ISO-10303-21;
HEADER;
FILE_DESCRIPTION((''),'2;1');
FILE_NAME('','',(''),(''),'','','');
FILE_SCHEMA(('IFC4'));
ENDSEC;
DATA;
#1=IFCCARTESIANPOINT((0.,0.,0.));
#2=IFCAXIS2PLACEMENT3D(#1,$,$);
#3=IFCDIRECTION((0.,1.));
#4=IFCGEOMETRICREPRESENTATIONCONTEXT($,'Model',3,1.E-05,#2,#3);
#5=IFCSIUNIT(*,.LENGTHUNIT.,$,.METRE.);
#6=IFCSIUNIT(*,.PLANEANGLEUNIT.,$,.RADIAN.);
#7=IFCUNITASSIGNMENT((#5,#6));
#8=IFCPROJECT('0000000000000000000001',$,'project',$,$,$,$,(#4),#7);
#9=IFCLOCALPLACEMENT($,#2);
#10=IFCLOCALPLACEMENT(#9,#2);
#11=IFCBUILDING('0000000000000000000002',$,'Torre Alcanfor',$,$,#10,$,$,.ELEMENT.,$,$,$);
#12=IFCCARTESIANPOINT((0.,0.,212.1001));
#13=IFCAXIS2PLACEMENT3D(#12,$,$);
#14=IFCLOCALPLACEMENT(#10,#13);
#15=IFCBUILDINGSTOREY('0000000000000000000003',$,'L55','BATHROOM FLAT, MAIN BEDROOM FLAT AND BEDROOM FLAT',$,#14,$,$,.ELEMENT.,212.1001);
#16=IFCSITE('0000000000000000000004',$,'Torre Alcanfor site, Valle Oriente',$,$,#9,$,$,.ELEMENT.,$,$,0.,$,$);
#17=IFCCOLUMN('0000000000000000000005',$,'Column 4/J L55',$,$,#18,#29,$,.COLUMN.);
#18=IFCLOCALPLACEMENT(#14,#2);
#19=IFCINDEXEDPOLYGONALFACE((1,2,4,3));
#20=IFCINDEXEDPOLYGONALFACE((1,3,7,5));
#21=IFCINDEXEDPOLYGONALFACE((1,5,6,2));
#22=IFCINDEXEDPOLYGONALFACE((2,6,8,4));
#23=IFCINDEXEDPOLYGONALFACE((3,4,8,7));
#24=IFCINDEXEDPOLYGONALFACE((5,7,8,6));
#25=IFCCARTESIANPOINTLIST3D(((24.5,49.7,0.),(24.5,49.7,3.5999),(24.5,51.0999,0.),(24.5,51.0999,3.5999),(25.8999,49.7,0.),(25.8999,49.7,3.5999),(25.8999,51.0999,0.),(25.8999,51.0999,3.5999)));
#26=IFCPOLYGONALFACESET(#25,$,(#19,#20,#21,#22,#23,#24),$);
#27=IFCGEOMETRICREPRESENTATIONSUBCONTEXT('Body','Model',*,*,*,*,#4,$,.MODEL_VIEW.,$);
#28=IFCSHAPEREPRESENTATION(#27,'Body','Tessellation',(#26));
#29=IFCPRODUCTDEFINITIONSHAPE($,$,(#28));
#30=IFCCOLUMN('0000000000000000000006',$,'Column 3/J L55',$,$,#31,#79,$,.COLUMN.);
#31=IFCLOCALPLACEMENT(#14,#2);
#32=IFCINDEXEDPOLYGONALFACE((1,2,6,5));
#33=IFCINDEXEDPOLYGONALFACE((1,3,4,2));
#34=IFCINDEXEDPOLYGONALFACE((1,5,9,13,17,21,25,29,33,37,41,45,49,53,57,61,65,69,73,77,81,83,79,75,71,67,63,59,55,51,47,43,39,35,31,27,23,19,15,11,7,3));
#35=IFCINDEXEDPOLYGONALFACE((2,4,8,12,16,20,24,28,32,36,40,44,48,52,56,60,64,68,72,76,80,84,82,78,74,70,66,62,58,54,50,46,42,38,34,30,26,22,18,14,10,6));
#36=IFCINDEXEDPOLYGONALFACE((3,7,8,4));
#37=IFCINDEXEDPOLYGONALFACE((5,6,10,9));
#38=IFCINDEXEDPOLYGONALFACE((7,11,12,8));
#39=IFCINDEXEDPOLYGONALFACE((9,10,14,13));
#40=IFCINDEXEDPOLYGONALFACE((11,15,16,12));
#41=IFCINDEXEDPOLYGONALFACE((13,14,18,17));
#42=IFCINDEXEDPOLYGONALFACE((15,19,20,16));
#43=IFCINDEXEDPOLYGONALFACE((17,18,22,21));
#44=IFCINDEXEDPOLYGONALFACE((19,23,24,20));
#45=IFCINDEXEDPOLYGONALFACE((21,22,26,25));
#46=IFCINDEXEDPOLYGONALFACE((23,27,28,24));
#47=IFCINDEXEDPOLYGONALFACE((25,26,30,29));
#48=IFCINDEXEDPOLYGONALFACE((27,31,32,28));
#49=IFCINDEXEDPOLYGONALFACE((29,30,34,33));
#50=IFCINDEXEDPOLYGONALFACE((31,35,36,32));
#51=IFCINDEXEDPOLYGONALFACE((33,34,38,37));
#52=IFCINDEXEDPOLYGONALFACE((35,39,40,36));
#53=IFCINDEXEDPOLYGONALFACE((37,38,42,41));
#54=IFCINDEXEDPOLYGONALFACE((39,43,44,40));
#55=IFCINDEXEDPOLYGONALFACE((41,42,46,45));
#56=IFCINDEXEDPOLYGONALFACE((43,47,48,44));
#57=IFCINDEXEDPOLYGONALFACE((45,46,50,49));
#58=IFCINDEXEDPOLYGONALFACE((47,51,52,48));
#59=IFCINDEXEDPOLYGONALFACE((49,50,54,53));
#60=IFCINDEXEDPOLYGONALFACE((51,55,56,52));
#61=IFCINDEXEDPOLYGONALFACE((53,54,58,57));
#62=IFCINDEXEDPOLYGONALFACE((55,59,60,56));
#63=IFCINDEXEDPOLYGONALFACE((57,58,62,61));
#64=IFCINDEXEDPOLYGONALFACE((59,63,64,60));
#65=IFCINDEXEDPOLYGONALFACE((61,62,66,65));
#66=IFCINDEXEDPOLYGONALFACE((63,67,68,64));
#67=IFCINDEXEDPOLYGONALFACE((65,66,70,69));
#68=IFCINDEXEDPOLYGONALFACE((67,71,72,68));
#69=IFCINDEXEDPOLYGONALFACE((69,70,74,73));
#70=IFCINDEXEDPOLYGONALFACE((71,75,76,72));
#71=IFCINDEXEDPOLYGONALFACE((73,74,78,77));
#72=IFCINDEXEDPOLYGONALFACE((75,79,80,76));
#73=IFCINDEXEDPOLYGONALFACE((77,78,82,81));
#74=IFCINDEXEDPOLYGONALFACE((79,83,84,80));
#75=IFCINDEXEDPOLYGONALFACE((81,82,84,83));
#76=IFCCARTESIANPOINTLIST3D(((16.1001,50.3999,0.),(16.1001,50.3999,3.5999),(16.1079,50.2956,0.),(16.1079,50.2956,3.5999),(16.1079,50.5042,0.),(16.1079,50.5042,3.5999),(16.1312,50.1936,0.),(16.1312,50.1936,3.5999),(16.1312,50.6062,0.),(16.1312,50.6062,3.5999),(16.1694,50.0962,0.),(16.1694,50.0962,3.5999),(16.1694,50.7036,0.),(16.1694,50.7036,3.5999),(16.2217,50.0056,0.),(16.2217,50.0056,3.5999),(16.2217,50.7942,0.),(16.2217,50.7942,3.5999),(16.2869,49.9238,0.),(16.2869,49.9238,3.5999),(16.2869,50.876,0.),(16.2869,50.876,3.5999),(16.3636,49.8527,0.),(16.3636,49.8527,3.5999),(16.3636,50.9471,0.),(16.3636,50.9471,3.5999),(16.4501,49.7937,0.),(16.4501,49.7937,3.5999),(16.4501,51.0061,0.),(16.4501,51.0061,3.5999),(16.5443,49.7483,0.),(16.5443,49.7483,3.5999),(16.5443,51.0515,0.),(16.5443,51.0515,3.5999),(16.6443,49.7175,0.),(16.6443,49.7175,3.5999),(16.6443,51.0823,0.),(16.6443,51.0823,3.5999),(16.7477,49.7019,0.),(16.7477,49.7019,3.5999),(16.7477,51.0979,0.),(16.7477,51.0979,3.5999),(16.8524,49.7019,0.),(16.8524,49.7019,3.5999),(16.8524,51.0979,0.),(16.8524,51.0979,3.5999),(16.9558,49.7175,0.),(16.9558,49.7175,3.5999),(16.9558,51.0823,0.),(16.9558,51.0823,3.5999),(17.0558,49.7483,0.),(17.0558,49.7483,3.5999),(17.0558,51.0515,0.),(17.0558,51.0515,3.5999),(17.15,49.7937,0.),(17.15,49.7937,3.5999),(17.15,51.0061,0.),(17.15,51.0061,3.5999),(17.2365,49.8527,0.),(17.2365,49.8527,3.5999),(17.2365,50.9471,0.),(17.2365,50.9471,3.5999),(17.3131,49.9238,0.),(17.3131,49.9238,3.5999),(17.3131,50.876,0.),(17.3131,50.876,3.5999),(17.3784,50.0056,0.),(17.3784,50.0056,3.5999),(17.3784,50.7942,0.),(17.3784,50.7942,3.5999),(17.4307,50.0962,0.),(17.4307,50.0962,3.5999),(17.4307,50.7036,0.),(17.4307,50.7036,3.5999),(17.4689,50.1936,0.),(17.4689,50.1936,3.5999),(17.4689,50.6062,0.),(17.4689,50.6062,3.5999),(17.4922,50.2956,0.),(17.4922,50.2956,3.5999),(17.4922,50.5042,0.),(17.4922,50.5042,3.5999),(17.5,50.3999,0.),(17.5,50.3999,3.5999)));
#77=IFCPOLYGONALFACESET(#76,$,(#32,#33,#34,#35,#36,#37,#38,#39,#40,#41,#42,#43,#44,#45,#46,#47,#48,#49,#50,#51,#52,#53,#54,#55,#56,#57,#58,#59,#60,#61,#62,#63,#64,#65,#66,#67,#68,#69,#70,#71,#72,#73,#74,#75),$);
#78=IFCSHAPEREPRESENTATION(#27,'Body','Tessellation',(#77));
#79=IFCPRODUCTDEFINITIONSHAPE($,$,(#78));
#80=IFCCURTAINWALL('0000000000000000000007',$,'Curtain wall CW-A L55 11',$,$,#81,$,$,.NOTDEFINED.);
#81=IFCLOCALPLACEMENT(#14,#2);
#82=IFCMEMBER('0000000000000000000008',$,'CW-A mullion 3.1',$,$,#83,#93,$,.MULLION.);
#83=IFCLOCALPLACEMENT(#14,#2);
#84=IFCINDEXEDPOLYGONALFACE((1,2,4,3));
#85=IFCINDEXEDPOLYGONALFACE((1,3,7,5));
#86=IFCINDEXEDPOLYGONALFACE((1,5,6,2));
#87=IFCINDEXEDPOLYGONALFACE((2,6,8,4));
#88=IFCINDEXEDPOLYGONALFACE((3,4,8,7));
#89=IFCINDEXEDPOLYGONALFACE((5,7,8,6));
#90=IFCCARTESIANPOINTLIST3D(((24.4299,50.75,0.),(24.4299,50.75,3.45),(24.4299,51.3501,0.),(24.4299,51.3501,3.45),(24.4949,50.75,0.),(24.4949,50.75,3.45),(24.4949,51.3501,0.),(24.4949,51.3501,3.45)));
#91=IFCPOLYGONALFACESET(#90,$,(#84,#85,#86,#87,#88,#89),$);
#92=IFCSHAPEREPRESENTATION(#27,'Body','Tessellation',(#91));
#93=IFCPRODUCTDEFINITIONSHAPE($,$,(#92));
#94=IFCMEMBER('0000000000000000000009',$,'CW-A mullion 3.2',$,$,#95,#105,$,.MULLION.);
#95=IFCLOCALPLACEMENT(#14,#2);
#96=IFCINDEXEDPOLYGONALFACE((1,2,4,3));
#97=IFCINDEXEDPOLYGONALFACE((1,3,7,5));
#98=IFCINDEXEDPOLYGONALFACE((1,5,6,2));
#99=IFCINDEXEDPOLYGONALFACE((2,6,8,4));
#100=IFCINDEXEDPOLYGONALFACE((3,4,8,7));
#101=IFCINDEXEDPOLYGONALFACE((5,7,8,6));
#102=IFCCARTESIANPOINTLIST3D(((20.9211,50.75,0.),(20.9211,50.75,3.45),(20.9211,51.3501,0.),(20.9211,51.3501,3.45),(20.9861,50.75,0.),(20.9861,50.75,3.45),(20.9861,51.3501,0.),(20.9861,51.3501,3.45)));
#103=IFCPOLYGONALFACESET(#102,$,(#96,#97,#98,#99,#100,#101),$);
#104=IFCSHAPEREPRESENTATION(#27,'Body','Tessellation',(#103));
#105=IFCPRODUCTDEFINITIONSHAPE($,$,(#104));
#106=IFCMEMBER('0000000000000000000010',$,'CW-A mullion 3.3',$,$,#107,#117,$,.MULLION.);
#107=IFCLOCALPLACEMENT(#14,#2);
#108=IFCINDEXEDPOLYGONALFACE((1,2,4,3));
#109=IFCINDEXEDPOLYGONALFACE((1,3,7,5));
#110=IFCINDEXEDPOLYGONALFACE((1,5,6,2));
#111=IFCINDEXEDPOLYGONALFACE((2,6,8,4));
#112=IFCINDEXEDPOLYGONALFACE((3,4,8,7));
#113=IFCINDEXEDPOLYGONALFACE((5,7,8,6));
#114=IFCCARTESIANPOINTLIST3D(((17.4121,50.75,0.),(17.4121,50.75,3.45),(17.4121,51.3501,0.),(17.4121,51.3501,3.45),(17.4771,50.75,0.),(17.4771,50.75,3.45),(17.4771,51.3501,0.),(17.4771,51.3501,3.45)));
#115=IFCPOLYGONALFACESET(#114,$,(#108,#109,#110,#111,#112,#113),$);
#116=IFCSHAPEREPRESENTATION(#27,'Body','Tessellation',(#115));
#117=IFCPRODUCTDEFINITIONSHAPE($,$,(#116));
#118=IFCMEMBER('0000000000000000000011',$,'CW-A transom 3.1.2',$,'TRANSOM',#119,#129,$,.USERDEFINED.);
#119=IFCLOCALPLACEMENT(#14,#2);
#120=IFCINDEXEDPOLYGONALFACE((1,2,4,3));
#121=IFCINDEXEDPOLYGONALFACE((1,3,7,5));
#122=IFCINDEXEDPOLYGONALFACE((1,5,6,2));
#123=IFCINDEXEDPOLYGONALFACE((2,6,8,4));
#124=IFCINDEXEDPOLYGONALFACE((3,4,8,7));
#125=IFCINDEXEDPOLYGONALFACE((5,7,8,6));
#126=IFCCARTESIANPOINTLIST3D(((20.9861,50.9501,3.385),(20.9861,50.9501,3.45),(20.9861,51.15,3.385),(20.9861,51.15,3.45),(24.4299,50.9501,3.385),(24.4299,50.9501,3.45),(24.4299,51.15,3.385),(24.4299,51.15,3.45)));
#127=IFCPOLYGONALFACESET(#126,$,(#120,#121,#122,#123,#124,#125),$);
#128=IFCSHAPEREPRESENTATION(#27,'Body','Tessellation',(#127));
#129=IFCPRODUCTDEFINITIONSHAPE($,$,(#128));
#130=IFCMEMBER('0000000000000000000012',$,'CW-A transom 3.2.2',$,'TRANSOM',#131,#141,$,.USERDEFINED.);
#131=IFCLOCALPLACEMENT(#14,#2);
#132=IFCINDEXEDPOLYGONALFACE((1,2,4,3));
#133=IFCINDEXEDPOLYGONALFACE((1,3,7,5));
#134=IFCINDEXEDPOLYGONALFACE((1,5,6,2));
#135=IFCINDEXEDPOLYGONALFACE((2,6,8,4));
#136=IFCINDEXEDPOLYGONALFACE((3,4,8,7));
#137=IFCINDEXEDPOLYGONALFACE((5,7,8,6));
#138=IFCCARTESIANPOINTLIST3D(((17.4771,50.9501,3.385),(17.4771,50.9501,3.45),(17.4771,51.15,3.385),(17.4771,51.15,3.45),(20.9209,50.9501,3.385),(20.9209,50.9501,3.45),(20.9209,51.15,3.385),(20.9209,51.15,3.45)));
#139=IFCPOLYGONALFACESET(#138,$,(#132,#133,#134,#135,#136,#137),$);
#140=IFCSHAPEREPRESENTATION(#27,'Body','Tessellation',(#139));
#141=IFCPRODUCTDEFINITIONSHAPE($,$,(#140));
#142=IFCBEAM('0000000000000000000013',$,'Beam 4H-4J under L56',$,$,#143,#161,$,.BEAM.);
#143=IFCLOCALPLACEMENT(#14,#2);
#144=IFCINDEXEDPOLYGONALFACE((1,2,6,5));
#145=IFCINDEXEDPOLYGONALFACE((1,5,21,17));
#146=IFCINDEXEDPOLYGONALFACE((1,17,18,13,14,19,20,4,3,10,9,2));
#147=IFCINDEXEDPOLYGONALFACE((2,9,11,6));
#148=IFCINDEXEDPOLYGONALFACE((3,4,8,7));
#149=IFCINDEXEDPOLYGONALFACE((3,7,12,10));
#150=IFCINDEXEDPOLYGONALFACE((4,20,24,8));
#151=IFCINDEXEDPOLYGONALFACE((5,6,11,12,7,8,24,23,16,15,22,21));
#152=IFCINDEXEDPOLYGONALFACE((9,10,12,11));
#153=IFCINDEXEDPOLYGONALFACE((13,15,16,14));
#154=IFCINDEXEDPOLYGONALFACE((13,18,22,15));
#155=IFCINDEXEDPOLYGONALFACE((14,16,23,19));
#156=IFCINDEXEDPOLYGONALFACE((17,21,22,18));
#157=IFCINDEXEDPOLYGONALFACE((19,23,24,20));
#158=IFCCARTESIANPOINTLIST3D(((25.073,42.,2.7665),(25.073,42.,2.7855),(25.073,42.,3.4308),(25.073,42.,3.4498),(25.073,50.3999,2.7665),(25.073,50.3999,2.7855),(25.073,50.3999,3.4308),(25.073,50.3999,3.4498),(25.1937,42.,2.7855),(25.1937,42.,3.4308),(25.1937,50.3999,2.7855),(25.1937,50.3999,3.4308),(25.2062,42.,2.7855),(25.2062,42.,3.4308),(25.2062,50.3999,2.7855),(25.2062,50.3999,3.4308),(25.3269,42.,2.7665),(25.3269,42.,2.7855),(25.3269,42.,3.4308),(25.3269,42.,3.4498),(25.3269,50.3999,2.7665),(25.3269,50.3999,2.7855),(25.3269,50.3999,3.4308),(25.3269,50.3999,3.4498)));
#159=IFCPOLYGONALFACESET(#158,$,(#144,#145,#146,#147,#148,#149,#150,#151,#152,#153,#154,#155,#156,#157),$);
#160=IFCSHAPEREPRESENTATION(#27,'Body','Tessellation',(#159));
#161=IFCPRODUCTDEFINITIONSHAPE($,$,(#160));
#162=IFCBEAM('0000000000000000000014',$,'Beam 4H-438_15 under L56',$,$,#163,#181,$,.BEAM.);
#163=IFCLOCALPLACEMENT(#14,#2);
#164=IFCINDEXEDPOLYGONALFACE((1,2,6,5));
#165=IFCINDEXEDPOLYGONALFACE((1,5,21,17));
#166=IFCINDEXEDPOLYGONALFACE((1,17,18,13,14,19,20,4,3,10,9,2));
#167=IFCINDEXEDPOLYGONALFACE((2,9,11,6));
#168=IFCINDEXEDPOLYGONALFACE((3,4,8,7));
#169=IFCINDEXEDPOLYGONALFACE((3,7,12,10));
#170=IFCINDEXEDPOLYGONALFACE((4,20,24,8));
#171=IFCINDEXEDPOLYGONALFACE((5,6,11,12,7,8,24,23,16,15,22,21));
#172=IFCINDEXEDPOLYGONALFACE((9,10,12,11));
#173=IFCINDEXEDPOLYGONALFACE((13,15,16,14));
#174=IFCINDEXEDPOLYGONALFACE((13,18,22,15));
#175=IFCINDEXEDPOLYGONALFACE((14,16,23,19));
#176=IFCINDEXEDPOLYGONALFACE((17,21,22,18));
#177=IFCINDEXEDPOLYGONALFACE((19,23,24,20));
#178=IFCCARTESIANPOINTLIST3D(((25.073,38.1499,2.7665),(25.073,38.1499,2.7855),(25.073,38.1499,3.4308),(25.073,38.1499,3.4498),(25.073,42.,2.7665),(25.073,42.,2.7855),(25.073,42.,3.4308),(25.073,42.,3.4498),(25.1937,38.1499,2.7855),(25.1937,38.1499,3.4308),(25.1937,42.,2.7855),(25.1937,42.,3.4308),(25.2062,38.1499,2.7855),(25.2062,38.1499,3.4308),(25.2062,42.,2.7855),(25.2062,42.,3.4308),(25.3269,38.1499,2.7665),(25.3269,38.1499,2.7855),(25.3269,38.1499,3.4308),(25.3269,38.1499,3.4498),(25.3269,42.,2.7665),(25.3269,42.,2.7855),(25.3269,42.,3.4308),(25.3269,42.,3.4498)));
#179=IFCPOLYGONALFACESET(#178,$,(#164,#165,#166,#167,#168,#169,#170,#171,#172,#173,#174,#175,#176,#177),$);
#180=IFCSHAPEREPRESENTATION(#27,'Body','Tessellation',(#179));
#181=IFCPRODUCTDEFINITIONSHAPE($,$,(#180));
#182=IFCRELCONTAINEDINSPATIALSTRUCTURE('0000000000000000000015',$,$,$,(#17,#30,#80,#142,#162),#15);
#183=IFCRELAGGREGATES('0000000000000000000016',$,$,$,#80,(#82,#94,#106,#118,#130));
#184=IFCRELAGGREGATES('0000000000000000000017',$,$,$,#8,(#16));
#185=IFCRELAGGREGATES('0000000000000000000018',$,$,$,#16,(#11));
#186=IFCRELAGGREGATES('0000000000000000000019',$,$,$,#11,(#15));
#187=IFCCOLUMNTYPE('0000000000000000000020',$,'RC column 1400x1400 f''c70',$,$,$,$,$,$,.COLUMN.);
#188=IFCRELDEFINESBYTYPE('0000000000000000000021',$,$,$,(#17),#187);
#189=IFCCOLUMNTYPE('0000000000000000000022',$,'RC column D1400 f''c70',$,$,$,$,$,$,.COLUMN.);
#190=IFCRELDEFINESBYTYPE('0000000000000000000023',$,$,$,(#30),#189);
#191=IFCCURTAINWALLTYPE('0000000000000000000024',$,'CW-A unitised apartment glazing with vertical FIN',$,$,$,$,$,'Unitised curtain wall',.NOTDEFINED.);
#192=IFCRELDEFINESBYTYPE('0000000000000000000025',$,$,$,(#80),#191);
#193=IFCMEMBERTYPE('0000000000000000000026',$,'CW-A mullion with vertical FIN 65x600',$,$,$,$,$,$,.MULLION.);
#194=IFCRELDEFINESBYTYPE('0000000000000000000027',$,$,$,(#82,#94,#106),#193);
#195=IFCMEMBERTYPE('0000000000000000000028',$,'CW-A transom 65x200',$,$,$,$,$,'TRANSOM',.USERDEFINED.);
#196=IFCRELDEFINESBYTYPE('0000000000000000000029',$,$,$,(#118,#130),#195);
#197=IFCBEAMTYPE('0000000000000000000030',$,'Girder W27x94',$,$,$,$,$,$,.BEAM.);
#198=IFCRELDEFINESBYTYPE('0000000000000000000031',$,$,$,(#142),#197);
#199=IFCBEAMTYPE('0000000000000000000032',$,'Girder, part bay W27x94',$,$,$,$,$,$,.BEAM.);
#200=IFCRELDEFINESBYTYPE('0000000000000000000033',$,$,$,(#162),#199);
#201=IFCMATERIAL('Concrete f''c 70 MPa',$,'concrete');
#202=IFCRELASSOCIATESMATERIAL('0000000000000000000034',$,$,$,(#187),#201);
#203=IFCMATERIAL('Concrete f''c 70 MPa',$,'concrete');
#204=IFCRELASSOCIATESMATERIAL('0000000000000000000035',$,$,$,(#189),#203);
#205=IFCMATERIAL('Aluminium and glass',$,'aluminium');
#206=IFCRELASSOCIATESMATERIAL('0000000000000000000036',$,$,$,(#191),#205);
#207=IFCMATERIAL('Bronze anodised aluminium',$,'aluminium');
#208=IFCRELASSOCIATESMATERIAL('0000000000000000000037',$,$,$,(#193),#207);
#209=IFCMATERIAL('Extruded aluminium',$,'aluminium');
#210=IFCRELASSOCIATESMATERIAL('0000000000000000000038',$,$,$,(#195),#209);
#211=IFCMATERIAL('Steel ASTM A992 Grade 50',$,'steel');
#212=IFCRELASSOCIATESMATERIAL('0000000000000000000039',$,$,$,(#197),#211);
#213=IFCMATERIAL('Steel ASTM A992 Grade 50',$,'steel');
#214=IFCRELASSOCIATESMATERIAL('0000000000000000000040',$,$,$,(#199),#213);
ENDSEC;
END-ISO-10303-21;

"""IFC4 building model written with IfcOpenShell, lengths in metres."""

from ifc_helpers import new_model, si_unit, direction, frame, origin, origin_2d, place, context, subcontext, project, spatial, rectangle, circle, i_section, extrude, material, material_profile, profile_set, type_object, element, aggregate, save


model = new_model("IFC4")

# Units and contexts
model_context = context("Model", 3, precision=1e-05, world=origin(), true_north=direction((0.0, 1.0)))
body_context = subcontext(model_context, "Body", "Model", "MODEL_VIEW")
ifc_project = project(units=[si_unit("LENGTHUNIT", "METRE"), si_unit("PLANEANGLEUNIT", "RADIAN")], contexts=[model_context])

# Site, building, storey
site_placement = place(None, origin())
site = spatial("IfcSite", under=ifc_project, at=site_placement, Name="Torre Alcanfor site, Valle Oriente", CompositionType="ELEMENT", RefElevation=0.0)
building_placement = place(site_placement, origin())
building = spatial("IfcBuilding", under=site, at=building_placement, Name="Torre Alcanfor", CompositionType="ELEMENT")
storey_placement = place(building_placement, frame((0.0, 0.0, 212.1001)))
storey = spatial("IfcBuildingStorey", under=building, at=storey_placement, Name="L55", Description="BATHROOM FLAT, MAIN BEDROOM FLAT AND BEDROOM FLAT", CompositionType="ELEMENT", Elevation=212.1001)

# Columns
ifc_material_1 = material(Name="Concrete f'c 70 MPa", Category="concrete")
ifc_material_profile_1 = material_profile(ifc_material_1, rectangle(XDim=1.3999, YDim=1.3999, at=origin_2d()), Name="1400x1400")
ifc_profile_set_1 = profile_set([ifc_material_profile_1], Name="Concrete f'c 70 MPa")
column_type_1 = type_object("IfcColumnType", Name="RC column 1400x1400 f'c70", PredefinedType="COLUMN", material=ifc_profile_set_1)
column_1_placement = place(storey_placement, frame((25.2, 50.3999, 0.0), z_axis=(0.0, 0.0, 1.0), x_axis=(1.0, 0.0, 0.0)))
element("IfcColumn", 1, at=column_1_placement, inside=storey, type_object=column_type_1, Name="Column 4/J L55", PredefinedType="COLUMN", context=body_context, shape_type="SweptSolid", body=[
    extrude(rectangle(XDim=1.3999, YDim=1.3999, at=origin_2d()), origin(), (0.0, 0.0, 1.0), 3.5999),
])
ifc_material_2 = material(Name="Concrete f'c 70 MPa", Category="concrete")
ifc_material_profile_2 = material_profile(ifc_material_2, circle(Radius=0.7, at=origin_2d()), Name="D1400")
ifc_profile_set_2 = profile_set([ifc_material_profile_2], Name="Concrete f'c 70 MPa")
column_type_2 = type_object("IfcColumnType", Name="RC column D1400 f'c70", PredefinedType="COLUMN", material=ifc_profile_set_2)
column_2_placement = place(storey_placement, frame((16.8, 50.3999, 0.0), z_axis=(0.0, 0.0, 1.0), x_axis=(1.0, 0.0, 0.0)))
element("IfcColumn", 2, at=column_2_placement, inside=storey, type_object=column_type_2, Name="Column 3/J L55", PredefinedType="COLUMN", context=body_context, shape_type="SweptSolid", body=[
    extrude(circle(Radius=0.7, at=origin_2d()), origin(), (0.0, 0.0, 1.0), 3.5999),
])

# Curtain wall, members
ifc_material_3 = material(Name="Aluminium and glass", Category="aluminium")
curtain_wall_type = type_object("IfcCurtainWallType", Name="CW-A unitised apartment glazing with vertical FIN", ElementType="Unitised curtain wall", PredefinedType="NOTDEFINED", material=ifc_material_3)
curtain_wall_placement = place(storey_placement, origin())
curtain_wall = element("IfcCurtainWall", 3, at=curtain_wall_placement, inside=storey, type_object=curtain_wall_type, Name="Curtain wall CW-A L55 11", PredefinedType="NOTDEFINED")
ifc_material_4 = material(Name="Bronze anodised aluminium", Category="aluminium")
ifc_material_profile_3 = material_profile(ifc_material_4, rectangle(XDim=0.6001, YDim=0.0649, at=origin_2d()), Name="CW-A mullion 65x600")
ifc_profile_set_3 = profile_set([ifc_material_profile_3], Name="Bronze anodised aluminium")
member_type_1 = type_object("IfcMemberType", Name="CW-A mullion with vertical FIN 65x600", PredefinedType="MULLION", material=ifc_profile_set_3)
member_1_placement = place(storey_placement, frame((24.4624, 51.05, 0.0), z_axis=(0.0, 0.0, 1.0), x_axis=(0.0, -1.0, 0.0)))
member_1 = element("IfcMember", 4, at=member_1_placement, type_object=member_type_1, Name="CW-A mullion 3.1", PredefinedType="MULLION", context=body_context, shape_type="SweptSolid", body=[
    extrude(rectangle(XDim=0.6001, YDim=0.0649, at=origin_2d()), origin(), (0.0, 0.0, 1.0), 3.45),
])
member_2_placement = place(storey_placement, frame((20.9536, 51.05, 0.0), z_axis=(0.0, 0.0, 1.0), x_axis=(0.0, -1.0, 0.0)))
member_2 = element("IfcMember", 5, at=member_2_placement, type_object=member_type_1, Name="CW-A mullion 3.2", PredefinedType="MULLION", context=body_context, shape_type="SweptSolid", body=[
    extrude(rectangle(XDim=0.6001, YDim=0.0649, at=origin_2d()), origin(), (0.0, 0.0, 1.0), 3.45),
])
member_3_placement = place(storey_placement, frame((17.4446, 51.05, 0.0), z_axis=(0.0, 0.0, 1.0), x_axis=(0.0, -1.0, 0.0)))
member_3 = element("IfcMember", 6, at=member_3_placement, type_object=member_type_1, Name="CW-A mullion 3.3", PredefinedType="MULLION", context=body_context, shape_type="SweptSolid", body=[
    extrude(rectangle(XDim=0.6001, YDim=0.0649, at=origin_2d()), origin(), (0.0, 0.0, 1.0), 3.45),
])
ifc_material_5 = material(Name="Extruded aluminium", Category="aluminium")
ifc_material_profile_4 = material_profile(ifc_material_5, rectangle(XDim=0.2, YDim=0.0649, at=origin_2d()), Name="CW-A transom 200x65")
ifc_profile_set_4 = profile_set([ifc_material_profile_4], Name="Extruded aluminium")
member_type_2 = type_object("IfcMemberType", Name="CW-A transom 65x200", ElementType="TRANSOM", PredefinedType="USERDEFINED", material=ifc_profile_set_4)
member_4_placement = place(storey_placement, frame((24.4299, 51.05, 3.4175), z_axis=(-1.0, 0.0, 0.0), x_axis=(0.0, -1.0, 0.0)))
member_4 = element("IfcMember", 7, at=member_4_placement, type_object=member_type_2, Name="CW-A transom 3.1.2", ObjectType="TRANSOM", PredefinedType="USERDEFINED", context=body_context, shape_type="SweptSolid", body=[
    extrude(rectangle(XDim=0.2, YDim=0.0649, at=origin_2d()), origin(), (0.0, 0.0, 1.0), 3.4438),
])
member_5_placement = place(storey_placement, frame((20.9209, 51.05, 3.4175), z_axis=(-1.0, 0.0, 0.0), x_axis=(0.0, -1.0, 0.0)))
member_5 = element("IfcMember", 8, at=member_5_placement, type_object=member_type_2, Name="CW-A transom 3.2.2", ObjectType="TRANSOM", PredefinedType="USERDEFINED", context=body_context, shape_type="SweptSolid", body=[
    extrude(rectangle(XDim=0.2, YDim=0.0649, at=origin_2d()), origin(), (0.0, 0.0, 1.0), 3.4438),
])

# Beams
ifc_material_6 = material(Name="Steel ASTM A992 Grade 50", Category="steel")
ifc_material_profile_5 = material_profile(ifc_material_6, i_section(OverallWidth=0.2539, OverallDepth=0.6833, WebThickness=0.0125, FlangeThickness=0.019, at=origin_2d()), Name="W27x94")
ifc_profile_set_5 = profile_set([ifc_material_profile_5], Name="Steel ASTM A992 Grade 50")
beam_type_1 = type_object("IfcBeamType", Name="Girder W27x94", PredefinedType="BEAM", material=ifc_profile_set_5)
beam_1_placement = place(storey_placement, frame((25.2, 42.0, 3.1082), z_axis=(0.0, 1.0, 0.0), x_axis=(-1.0, 0.0, 0.0)))
element("IfcBeam", 9, at=beam_1_placement, inside=storey, type_object=beam_type_1, Name="Beam 4H-4J under L56", PredefinedType="BEAM", context=body_context, shape_type="SweptSolid", body=[
    extrude(i_section(OverallWidth=0.2539, OverallDepth=0.6833, WebThickness=0.0125, FlangeThickness=0.019, at=origin_2d()), origin(), (0.0, 0.0, 1.0), 8.3999),
])
ifc_material_7 = material(Name="Steel ASTM A992 Grade 50", Category="steel")
ifc_material_profile_6 = material_profile(ifc_material_7, i_section(OverallWidth=0.2539, OverallDepth=0.6833, WebThickness=0.0125, FlangeThickness=0.019, at=origin_2d()), Name="W27x94")
ifc_profile_set_6 = profile_set([ifc_material_profile_6], Name="Steel ASTM A992 Grade 50")
beam_type_2 = type_object("IfcBeamType", Name="Girder, part bay W27x94", PredefinedType="BEAM", material=ifc_profile_set_6)
beam_2_placement = place(storey_placement, frame((25.2, 42.0, 3.1082), z_axis=(0.0, -1.0, 0.0), x_axis=(1.0, 0.0, 0.0)))
element("IfcBeam", 10, at=beam_2_placement, inside=storey, type_object=beam_type_2, Name="Beam 4H-438_15 under L56", PredefinedType="BEAM", context=body_context, shape_type="SweptSolid", body=[
    extrude(i_section(OverallWidth=0.2539, OverallDepth=0.6833, WebThickness=0.0125, FlangeThickness=0.019, at=origin_2d()), origin(), (0.0, 0.0, 1.0), 3.8501),
])

aggregate(curtain_wall, [member_1, member_2, member_3, member_4, member_5])

save(model, "model.ifc")
